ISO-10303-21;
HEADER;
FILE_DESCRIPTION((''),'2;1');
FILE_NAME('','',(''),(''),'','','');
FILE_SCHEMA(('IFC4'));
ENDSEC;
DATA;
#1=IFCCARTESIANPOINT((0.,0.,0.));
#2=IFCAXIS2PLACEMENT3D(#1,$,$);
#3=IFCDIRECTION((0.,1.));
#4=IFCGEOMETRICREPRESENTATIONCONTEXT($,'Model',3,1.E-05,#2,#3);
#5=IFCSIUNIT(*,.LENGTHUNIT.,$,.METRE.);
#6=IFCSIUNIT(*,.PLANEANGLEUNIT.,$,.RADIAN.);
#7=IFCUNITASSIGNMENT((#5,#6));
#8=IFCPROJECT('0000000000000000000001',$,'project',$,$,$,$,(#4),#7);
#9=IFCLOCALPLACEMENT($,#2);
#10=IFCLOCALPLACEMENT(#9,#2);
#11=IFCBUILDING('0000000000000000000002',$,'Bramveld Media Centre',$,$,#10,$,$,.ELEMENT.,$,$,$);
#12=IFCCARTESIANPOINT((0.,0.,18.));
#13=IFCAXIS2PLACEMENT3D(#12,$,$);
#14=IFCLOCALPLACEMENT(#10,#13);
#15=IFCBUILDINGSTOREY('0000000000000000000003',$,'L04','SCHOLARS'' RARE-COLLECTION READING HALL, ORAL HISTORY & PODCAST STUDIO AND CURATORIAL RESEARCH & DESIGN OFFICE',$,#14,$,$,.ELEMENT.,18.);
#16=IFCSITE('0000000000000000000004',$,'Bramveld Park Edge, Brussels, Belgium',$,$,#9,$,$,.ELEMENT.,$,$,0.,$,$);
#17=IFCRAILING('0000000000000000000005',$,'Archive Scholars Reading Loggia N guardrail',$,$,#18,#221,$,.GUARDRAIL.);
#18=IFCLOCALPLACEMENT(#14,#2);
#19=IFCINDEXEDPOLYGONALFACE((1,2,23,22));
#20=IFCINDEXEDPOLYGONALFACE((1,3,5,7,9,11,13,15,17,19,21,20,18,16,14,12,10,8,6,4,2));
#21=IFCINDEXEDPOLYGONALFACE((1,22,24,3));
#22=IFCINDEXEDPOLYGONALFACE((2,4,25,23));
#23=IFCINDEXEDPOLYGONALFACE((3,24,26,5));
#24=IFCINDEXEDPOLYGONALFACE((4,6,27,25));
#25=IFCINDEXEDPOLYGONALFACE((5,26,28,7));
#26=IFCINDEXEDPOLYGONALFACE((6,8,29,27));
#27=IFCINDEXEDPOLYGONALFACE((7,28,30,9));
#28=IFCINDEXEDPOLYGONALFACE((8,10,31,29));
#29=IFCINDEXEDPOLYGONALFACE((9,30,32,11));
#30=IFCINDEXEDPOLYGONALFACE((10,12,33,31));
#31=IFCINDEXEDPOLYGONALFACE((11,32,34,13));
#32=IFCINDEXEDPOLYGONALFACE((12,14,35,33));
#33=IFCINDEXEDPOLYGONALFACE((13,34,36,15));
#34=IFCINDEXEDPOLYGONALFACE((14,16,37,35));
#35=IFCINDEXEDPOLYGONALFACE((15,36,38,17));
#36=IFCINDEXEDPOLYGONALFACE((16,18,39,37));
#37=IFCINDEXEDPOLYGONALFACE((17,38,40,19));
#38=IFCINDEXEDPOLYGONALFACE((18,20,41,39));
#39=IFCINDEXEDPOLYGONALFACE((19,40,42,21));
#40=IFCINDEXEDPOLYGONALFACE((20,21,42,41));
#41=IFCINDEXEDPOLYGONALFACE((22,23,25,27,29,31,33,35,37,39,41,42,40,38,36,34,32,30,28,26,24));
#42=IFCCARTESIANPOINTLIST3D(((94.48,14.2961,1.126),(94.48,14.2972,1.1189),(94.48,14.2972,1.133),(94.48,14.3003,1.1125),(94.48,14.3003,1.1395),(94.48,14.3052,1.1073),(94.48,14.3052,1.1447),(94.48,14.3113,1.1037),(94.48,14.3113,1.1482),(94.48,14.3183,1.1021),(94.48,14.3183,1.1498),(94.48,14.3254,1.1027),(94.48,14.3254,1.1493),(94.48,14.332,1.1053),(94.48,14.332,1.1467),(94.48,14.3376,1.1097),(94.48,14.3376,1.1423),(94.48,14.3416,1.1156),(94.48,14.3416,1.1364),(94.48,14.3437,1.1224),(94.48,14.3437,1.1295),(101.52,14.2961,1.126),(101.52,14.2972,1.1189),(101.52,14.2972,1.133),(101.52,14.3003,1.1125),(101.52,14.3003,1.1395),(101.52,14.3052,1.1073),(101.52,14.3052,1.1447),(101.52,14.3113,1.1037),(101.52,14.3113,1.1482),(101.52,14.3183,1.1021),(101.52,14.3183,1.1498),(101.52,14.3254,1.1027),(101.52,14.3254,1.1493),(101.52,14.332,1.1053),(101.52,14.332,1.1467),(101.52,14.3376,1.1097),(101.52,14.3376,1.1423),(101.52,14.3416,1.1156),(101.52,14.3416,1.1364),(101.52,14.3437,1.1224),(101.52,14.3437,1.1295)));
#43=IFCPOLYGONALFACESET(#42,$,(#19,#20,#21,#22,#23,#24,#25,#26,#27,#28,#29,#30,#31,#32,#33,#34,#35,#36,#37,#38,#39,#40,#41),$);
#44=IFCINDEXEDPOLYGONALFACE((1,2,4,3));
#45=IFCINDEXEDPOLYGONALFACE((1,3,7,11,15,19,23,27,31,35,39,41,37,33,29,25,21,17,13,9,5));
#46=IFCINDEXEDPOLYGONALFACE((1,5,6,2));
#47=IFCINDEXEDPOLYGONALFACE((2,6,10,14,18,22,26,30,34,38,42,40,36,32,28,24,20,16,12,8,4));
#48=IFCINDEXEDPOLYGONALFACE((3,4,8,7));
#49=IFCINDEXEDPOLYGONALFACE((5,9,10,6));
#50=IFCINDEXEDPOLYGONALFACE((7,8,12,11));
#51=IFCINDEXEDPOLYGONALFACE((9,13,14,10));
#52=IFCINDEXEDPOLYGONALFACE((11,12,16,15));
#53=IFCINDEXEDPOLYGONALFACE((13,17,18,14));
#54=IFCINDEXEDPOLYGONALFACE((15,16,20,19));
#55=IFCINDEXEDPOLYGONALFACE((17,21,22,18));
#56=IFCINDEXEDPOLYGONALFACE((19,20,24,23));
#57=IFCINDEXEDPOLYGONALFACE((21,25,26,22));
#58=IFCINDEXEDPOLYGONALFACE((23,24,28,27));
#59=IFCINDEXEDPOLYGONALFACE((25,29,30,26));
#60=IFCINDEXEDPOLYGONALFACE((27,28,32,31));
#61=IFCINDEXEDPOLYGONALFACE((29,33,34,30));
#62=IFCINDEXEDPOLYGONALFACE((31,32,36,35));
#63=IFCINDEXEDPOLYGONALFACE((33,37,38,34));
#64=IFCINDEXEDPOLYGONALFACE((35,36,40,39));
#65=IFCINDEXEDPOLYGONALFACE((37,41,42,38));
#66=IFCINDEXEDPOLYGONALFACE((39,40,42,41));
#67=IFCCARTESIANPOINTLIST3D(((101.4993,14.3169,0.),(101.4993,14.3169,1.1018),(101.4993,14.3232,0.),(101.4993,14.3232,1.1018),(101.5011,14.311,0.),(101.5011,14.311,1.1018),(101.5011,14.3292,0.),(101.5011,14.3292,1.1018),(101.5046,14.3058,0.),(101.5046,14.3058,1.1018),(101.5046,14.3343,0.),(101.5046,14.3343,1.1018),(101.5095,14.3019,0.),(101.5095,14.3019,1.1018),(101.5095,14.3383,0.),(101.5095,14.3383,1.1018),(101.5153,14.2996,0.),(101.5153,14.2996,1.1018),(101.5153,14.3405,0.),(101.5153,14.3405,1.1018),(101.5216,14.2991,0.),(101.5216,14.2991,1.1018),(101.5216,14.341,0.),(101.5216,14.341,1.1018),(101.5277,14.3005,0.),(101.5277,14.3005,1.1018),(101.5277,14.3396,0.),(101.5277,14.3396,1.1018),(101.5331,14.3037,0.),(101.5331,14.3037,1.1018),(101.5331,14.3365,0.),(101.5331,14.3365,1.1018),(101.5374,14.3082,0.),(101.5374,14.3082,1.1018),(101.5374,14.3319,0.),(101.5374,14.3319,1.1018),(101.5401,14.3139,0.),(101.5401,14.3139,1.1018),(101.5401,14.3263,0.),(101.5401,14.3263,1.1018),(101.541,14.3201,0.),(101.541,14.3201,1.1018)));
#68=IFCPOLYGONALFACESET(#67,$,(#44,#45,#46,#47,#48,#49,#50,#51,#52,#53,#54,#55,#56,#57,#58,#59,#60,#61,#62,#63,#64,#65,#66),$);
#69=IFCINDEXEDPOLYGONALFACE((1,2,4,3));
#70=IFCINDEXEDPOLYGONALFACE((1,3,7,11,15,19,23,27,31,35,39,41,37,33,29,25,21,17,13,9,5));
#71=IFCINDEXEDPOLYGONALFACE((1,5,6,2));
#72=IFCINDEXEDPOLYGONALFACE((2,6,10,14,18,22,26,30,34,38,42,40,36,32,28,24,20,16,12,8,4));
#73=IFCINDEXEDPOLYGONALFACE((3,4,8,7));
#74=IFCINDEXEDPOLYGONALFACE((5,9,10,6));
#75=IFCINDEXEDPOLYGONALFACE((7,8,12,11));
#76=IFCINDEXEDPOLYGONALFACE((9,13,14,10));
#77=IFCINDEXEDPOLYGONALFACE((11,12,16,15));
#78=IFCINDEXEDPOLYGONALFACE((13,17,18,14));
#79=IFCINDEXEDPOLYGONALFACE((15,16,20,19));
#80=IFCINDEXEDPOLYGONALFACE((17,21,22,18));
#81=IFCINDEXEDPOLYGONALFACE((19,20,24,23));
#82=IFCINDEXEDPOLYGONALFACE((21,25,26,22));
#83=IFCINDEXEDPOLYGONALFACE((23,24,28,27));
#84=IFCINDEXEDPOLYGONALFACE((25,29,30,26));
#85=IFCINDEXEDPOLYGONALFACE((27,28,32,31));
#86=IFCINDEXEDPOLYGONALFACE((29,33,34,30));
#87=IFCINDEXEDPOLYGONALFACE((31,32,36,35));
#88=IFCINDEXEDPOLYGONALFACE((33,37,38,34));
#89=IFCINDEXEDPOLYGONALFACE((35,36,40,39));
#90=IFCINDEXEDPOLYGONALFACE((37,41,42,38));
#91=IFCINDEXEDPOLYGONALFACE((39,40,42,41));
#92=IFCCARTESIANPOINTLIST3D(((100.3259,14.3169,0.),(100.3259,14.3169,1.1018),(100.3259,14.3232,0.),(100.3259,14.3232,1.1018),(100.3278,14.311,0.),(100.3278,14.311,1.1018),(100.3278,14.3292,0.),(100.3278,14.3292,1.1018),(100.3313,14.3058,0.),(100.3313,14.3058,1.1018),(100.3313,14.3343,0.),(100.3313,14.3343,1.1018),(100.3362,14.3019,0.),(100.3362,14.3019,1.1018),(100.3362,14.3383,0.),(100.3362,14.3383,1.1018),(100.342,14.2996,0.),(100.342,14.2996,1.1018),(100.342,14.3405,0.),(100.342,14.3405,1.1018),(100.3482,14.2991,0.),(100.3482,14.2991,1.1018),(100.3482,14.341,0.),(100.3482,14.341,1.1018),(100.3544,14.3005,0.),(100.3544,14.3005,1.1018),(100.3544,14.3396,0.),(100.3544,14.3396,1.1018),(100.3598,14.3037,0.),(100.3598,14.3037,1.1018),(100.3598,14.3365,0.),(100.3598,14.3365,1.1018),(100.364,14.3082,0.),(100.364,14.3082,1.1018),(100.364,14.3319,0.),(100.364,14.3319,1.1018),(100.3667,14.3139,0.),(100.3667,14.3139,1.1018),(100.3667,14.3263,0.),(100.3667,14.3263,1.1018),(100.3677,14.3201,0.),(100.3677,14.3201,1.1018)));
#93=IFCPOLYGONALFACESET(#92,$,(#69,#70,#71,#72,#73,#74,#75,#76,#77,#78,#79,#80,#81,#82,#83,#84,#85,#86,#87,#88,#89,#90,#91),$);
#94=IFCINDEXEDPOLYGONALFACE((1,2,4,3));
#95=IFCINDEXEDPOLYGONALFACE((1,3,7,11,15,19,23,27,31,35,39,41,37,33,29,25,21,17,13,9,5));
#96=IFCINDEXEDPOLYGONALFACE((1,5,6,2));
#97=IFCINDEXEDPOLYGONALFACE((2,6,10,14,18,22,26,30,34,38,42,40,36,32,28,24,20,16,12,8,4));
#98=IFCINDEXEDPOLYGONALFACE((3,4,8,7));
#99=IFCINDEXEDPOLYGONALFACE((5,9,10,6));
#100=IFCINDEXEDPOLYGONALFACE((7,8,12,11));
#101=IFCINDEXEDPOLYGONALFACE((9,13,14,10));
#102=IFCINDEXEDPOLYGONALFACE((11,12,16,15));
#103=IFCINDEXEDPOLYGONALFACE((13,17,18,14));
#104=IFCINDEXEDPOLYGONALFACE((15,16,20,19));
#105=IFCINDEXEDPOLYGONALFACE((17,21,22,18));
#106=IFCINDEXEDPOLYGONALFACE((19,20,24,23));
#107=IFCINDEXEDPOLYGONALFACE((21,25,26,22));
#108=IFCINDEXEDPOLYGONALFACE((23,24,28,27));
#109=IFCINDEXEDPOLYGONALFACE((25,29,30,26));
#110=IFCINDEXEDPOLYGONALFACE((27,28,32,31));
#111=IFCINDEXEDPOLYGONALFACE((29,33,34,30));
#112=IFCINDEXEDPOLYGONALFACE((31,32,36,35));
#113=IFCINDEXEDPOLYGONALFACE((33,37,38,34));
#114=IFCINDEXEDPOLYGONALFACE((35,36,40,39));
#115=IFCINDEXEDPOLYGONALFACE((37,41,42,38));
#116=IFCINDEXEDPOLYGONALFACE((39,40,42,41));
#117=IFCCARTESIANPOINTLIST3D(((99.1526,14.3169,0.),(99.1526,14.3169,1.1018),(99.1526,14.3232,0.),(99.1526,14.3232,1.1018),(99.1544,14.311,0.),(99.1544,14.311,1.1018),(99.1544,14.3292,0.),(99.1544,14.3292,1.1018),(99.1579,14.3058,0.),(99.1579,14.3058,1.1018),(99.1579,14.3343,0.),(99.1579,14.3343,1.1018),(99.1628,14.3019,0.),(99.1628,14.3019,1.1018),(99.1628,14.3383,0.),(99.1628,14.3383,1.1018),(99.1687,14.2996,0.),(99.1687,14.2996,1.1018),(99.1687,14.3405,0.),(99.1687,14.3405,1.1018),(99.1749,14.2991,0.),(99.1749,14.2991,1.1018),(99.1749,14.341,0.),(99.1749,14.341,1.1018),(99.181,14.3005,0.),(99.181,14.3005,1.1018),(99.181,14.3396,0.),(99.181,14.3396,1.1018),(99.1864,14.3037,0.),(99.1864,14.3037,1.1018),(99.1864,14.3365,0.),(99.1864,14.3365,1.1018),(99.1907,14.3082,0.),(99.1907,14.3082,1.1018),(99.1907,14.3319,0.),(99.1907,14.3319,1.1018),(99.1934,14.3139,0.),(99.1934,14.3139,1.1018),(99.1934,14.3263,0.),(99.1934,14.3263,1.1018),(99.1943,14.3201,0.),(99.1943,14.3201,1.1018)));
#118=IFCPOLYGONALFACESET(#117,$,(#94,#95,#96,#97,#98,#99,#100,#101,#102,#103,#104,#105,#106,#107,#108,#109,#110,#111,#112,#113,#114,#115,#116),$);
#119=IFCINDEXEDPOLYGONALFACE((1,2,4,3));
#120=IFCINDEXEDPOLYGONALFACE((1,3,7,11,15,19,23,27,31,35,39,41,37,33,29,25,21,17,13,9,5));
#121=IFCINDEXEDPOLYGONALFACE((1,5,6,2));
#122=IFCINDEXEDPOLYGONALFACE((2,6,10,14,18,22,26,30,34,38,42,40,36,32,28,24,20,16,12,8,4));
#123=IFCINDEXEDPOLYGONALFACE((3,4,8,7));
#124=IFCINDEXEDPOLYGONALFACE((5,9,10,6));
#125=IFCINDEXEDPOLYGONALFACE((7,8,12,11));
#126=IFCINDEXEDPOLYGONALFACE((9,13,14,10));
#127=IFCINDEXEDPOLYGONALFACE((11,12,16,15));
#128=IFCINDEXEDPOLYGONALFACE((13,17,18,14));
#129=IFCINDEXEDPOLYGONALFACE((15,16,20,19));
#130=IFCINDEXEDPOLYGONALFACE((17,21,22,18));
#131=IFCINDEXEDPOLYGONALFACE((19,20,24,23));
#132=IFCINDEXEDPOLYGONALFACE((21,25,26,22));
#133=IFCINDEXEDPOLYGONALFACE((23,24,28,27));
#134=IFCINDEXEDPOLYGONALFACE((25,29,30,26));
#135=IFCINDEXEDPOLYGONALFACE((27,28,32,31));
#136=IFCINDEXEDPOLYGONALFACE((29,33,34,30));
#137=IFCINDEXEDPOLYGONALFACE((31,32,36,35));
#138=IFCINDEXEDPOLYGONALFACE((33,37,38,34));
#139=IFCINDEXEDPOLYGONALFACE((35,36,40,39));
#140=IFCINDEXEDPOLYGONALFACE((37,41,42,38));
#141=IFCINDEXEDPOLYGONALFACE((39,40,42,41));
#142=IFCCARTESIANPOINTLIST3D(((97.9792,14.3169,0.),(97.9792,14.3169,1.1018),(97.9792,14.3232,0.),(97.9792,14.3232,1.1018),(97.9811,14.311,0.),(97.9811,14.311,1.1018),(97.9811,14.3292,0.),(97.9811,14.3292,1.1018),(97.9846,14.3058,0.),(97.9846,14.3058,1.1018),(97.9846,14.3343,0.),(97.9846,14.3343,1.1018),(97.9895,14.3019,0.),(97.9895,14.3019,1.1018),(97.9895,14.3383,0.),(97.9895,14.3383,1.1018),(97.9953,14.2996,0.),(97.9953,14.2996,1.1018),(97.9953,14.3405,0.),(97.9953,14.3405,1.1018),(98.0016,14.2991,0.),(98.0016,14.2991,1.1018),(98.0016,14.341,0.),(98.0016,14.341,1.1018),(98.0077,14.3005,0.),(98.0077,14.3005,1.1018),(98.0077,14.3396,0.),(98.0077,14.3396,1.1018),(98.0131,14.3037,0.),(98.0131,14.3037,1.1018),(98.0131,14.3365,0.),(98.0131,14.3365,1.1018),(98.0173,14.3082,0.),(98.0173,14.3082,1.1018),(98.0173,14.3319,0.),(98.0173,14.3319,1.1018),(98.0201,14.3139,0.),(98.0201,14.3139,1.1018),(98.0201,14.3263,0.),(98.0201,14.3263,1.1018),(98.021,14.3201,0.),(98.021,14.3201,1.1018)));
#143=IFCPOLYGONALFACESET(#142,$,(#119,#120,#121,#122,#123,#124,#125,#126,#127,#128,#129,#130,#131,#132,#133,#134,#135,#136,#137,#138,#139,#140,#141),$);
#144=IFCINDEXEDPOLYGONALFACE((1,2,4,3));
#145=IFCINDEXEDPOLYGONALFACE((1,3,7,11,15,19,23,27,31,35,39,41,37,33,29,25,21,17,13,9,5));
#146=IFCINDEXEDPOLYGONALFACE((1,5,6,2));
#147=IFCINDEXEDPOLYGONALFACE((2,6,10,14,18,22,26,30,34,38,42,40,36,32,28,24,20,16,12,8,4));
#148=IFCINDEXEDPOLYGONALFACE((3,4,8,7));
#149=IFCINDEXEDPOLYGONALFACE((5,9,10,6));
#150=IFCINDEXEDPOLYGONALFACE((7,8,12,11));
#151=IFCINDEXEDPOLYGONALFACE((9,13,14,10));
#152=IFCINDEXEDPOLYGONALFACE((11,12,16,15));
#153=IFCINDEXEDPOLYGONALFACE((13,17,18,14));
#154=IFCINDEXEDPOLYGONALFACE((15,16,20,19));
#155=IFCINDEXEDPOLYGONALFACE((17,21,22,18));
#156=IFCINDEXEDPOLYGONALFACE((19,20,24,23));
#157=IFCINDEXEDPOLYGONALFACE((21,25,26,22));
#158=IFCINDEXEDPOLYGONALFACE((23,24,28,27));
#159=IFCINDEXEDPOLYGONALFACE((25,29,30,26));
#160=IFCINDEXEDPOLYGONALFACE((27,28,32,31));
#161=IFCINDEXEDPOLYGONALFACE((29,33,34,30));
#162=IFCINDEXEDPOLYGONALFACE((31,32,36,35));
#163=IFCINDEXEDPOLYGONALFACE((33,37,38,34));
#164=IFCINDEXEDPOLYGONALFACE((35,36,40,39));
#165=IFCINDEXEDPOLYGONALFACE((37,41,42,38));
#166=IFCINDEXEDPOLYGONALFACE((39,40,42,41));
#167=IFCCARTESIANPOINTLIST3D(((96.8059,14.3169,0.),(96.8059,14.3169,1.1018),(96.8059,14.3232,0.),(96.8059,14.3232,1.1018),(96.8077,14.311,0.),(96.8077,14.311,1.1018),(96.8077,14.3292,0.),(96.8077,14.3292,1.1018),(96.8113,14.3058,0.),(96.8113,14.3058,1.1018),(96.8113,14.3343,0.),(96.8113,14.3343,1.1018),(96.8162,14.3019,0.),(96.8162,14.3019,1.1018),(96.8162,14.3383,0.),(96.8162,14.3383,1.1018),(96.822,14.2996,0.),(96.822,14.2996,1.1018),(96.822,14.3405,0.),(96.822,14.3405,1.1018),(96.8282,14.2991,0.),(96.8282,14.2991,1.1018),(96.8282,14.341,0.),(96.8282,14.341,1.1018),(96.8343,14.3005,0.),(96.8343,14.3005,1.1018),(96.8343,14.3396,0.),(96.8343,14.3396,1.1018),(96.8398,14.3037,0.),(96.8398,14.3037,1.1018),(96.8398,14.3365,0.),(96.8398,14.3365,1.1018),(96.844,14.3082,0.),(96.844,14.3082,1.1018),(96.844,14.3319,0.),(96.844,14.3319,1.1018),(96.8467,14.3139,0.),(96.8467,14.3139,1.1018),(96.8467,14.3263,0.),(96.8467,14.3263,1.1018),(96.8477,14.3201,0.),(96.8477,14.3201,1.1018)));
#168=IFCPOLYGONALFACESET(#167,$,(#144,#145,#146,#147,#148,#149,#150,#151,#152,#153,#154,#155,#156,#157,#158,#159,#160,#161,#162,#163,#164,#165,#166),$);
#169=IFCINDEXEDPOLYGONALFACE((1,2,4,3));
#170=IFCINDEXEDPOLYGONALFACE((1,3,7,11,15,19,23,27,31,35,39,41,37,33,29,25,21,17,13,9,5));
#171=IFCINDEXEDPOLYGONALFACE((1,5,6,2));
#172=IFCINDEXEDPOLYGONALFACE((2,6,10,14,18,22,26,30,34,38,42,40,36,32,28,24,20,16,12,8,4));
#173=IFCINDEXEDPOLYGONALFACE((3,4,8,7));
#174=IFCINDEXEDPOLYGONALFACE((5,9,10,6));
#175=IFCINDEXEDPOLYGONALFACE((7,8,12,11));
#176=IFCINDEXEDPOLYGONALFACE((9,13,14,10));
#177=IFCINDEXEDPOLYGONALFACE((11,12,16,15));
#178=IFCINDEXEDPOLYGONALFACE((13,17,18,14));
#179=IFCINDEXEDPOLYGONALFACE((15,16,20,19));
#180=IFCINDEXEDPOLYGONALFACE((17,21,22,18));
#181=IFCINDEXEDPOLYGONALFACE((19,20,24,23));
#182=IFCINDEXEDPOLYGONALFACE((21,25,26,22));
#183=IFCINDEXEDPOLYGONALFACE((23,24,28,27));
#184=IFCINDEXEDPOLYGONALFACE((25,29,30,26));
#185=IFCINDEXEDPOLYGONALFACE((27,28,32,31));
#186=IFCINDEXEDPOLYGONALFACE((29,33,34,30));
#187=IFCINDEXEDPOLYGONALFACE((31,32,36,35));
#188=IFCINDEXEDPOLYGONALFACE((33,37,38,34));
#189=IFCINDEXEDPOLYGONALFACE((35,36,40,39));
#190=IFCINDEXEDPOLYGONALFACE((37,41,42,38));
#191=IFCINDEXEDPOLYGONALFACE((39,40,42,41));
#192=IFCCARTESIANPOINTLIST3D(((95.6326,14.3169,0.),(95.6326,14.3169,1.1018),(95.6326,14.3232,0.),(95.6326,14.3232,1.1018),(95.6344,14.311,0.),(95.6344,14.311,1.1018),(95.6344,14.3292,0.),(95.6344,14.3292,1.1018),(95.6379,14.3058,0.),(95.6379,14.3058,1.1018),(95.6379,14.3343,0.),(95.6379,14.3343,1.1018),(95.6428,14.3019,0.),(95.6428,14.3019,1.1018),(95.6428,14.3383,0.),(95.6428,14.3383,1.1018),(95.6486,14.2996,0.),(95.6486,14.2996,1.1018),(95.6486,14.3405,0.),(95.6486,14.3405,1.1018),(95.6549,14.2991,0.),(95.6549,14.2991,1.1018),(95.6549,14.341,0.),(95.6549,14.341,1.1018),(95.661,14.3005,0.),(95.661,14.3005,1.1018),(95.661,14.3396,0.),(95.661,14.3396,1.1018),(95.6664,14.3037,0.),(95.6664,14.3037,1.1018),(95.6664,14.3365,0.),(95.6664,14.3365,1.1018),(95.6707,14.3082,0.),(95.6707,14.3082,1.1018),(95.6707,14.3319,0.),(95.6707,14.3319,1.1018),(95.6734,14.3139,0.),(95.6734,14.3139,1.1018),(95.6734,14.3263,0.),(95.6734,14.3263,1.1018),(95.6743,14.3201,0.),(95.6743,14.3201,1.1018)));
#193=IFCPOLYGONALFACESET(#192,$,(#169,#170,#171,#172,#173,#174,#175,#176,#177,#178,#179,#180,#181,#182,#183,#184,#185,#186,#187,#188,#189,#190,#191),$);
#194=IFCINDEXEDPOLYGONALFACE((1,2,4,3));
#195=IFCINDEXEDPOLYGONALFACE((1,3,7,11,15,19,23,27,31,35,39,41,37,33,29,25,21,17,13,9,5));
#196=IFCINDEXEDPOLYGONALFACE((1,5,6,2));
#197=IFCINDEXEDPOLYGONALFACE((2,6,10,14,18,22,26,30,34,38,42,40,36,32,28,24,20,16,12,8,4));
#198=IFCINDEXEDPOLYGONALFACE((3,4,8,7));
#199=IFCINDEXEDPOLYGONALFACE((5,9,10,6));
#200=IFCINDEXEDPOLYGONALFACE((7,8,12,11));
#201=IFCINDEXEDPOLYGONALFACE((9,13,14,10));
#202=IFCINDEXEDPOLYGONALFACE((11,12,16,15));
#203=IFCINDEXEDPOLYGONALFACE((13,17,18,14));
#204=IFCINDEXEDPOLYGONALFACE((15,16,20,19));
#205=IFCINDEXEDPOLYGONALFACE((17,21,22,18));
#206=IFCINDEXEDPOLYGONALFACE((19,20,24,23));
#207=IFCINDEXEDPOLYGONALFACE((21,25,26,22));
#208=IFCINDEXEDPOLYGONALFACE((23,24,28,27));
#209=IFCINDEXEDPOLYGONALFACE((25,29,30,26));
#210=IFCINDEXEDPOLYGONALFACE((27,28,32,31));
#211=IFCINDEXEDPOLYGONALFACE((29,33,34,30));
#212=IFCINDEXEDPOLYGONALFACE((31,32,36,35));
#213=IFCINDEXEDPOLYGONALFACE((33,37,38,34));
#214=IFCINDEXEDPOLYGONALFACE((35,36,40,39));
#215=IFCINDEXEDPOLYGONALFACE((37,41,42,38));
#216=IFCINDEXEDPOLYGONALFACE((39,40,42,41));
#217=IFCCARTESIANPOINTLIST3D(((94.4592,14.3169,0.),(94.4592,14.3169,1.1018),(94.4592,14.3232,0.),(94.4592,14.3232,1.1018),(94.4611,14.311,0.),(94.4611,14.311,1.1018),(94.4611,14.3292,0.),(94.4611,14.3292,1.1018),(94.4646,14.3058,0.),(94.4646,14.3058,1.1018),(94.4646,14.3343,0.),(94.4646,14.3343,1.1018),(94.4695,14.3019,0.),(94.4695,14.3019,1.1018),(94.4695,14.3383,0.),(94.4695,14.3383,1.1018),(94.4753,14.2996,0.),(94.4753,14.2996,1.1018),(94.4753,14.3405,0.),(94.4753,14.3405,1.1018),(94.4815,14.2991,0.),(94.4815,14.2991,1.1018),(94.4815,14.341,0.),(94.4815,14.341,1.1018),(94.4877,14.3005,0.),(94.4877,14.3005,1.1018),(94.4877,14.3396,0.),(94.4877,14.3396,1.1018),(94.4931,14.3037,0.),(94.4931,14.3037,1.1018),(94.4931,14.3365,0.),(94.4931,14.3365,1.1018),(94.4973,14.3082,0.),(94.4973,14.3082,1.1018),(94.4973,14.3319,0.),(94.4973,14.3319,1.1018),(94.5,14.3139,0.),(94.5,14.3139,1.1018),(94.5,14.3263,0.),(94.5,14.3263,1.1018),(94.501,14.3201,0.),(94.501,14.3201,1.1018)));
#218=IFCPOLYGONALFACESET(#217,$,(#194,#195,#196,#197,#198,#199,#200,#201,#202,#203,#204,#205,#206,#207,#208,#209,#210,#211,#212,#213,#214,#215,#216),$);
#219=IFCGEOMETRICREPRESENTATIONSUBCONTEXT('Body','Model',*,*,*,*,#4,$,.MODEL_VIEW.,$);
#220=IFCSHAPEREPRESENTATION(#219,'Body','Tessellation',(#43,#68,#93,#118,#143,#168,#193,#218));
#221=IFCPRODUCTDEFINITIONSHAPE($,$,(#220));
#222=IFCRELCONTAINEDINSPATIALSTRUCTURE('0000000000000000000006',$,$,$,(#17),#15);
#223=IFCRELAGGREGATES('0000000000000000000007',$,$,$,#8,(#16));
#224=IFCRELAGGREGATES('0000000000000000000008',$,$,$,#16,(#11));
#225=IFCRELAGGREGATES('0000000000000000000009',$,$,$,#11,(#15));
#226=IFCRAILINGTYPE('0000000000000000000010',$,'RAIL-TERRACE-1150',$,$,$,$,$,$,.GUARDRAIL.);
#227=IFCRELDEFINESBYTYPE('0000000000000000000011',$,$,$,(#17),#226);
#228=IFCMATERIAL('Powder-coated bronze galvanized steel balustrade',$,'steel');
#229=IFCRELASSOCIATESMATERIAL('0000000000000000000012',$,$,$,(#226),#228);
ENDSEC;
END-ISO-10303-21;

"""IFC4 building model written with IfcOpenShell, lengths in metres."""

from ifc_helpers import new_model, si_unit, direction, frame, origin, origin_2d, place, context, subcontext, project, spatial, circle, extrude, material, type_object, element, save


model = new_model("IFC4")

# Units and contexts
model_context = context("Model", 3, precision=1e-05, world=origin(), true_north=direction((0.0, 1.0)))
body_context = subcontext(model_context, "Body", "Model", "MODEL_VIEW")
ifc_project = project(units=[si_unit("LENGTHUNIT", "METRE"), si_unit("PLANEANGLEUNIT", "RADIAN")], contexts=[model_context])

# Site, building, storey
site_placement = place(None, origin())
site = spatial("IfcSite", under=ifc_project, at=site_placement, Name="Bramveld Park Edge, Brussels, Belgium", CompositionType="ELEMENT", RefElevation=0.0)
building_placement = place(site_placement, origin())
building = spatial("IfcBuilding", under=site, at=building_placement, Name="Bramveld Media Centre", CompositionType="ELEMENT")
storey_placement = place(building_placement, frame((0.0, 0.0, 18.0)))
storey = spatial("IfcBuildingStorey", under=building, at=storey_placement, Name="L04", Description="SCHOLARS' RARE-COLLECTION READING HALL, ORAL HISTORY & PODCAST STUDIO AND CURATORIAL RESEARCH & DESIGN OFFICE", CompositionType="ELEMENT", Elevation=18.0)

# Railing
ifc_material_1 = material(Name="Powder-coated bronze galvanized steel balustrade", Category="steel")
railing_type = type_object("IfcRailingType", Name="RAIL-TERRACE-1150", PredefinedType="GUARDRAIL", material=ifc_material_1)
railing_1_placement = place(storey_placement, frame((101.52, 14.3201, 0.0)))
element("IfcRailing", 1, at=railing_1_placement, inside=storey, type_object=railing_type, Name="Archive Scholars Reading Loggia N guardrail", PredefinedType="GUARDRAIL", context=body_context, shape_type="SweptSolid", body=[
    extrude(circle(Radius=0.0239, at=origin_2d()), frame((0.0, 0.0, 1.126), z_axis=(-1.0, 0.0, 0.0), x_axis=(0.0, -1.0, 0.0)), (0.0, 0.0, 1.0), 7.04),
    extrude(circle(Radius=0.021, at=origin_2d()), origin(), (0.0, 0.0, 1.0), 1.1018),
    extrude(circle(Radius=0.021, at=origin_2d()), frame((-1.1733, 0.0, 0.0)), (0.0, 0.0, 1.0), 1.1018),
    extrude(circle(Radius=0.021, at=origin_2d()), frame((-2.3467, 0.0, 0.0)), (0.0, 0.0, 1.0), 1.1018),
    extrude(circle(Radius=0.021, at=origin_2d()), frame((-3.52, 0.0, 0.0)), (0.0, 0.0, 1.0), 1.1018),
    extrude(circle(Radius=0.021, at=origin_2d()), frame((-4.6934, 0.0, 0.0)), (0.0, 0.0, 1.0), 1.1018),
    extrude(circle(Radius=0.021, at=origin_2d()), frame((-5.8667, 0.0, 0.0)), (0.0, 0.0, 1.0), 1.1018),
    extrude(circle(Radius=0.021, at=origin_2d()), frame((-7.04, 0.0, 0.0)), (0.0, 0.0, 1.0), 1.1018),
])

save(model, "model.ifc")
